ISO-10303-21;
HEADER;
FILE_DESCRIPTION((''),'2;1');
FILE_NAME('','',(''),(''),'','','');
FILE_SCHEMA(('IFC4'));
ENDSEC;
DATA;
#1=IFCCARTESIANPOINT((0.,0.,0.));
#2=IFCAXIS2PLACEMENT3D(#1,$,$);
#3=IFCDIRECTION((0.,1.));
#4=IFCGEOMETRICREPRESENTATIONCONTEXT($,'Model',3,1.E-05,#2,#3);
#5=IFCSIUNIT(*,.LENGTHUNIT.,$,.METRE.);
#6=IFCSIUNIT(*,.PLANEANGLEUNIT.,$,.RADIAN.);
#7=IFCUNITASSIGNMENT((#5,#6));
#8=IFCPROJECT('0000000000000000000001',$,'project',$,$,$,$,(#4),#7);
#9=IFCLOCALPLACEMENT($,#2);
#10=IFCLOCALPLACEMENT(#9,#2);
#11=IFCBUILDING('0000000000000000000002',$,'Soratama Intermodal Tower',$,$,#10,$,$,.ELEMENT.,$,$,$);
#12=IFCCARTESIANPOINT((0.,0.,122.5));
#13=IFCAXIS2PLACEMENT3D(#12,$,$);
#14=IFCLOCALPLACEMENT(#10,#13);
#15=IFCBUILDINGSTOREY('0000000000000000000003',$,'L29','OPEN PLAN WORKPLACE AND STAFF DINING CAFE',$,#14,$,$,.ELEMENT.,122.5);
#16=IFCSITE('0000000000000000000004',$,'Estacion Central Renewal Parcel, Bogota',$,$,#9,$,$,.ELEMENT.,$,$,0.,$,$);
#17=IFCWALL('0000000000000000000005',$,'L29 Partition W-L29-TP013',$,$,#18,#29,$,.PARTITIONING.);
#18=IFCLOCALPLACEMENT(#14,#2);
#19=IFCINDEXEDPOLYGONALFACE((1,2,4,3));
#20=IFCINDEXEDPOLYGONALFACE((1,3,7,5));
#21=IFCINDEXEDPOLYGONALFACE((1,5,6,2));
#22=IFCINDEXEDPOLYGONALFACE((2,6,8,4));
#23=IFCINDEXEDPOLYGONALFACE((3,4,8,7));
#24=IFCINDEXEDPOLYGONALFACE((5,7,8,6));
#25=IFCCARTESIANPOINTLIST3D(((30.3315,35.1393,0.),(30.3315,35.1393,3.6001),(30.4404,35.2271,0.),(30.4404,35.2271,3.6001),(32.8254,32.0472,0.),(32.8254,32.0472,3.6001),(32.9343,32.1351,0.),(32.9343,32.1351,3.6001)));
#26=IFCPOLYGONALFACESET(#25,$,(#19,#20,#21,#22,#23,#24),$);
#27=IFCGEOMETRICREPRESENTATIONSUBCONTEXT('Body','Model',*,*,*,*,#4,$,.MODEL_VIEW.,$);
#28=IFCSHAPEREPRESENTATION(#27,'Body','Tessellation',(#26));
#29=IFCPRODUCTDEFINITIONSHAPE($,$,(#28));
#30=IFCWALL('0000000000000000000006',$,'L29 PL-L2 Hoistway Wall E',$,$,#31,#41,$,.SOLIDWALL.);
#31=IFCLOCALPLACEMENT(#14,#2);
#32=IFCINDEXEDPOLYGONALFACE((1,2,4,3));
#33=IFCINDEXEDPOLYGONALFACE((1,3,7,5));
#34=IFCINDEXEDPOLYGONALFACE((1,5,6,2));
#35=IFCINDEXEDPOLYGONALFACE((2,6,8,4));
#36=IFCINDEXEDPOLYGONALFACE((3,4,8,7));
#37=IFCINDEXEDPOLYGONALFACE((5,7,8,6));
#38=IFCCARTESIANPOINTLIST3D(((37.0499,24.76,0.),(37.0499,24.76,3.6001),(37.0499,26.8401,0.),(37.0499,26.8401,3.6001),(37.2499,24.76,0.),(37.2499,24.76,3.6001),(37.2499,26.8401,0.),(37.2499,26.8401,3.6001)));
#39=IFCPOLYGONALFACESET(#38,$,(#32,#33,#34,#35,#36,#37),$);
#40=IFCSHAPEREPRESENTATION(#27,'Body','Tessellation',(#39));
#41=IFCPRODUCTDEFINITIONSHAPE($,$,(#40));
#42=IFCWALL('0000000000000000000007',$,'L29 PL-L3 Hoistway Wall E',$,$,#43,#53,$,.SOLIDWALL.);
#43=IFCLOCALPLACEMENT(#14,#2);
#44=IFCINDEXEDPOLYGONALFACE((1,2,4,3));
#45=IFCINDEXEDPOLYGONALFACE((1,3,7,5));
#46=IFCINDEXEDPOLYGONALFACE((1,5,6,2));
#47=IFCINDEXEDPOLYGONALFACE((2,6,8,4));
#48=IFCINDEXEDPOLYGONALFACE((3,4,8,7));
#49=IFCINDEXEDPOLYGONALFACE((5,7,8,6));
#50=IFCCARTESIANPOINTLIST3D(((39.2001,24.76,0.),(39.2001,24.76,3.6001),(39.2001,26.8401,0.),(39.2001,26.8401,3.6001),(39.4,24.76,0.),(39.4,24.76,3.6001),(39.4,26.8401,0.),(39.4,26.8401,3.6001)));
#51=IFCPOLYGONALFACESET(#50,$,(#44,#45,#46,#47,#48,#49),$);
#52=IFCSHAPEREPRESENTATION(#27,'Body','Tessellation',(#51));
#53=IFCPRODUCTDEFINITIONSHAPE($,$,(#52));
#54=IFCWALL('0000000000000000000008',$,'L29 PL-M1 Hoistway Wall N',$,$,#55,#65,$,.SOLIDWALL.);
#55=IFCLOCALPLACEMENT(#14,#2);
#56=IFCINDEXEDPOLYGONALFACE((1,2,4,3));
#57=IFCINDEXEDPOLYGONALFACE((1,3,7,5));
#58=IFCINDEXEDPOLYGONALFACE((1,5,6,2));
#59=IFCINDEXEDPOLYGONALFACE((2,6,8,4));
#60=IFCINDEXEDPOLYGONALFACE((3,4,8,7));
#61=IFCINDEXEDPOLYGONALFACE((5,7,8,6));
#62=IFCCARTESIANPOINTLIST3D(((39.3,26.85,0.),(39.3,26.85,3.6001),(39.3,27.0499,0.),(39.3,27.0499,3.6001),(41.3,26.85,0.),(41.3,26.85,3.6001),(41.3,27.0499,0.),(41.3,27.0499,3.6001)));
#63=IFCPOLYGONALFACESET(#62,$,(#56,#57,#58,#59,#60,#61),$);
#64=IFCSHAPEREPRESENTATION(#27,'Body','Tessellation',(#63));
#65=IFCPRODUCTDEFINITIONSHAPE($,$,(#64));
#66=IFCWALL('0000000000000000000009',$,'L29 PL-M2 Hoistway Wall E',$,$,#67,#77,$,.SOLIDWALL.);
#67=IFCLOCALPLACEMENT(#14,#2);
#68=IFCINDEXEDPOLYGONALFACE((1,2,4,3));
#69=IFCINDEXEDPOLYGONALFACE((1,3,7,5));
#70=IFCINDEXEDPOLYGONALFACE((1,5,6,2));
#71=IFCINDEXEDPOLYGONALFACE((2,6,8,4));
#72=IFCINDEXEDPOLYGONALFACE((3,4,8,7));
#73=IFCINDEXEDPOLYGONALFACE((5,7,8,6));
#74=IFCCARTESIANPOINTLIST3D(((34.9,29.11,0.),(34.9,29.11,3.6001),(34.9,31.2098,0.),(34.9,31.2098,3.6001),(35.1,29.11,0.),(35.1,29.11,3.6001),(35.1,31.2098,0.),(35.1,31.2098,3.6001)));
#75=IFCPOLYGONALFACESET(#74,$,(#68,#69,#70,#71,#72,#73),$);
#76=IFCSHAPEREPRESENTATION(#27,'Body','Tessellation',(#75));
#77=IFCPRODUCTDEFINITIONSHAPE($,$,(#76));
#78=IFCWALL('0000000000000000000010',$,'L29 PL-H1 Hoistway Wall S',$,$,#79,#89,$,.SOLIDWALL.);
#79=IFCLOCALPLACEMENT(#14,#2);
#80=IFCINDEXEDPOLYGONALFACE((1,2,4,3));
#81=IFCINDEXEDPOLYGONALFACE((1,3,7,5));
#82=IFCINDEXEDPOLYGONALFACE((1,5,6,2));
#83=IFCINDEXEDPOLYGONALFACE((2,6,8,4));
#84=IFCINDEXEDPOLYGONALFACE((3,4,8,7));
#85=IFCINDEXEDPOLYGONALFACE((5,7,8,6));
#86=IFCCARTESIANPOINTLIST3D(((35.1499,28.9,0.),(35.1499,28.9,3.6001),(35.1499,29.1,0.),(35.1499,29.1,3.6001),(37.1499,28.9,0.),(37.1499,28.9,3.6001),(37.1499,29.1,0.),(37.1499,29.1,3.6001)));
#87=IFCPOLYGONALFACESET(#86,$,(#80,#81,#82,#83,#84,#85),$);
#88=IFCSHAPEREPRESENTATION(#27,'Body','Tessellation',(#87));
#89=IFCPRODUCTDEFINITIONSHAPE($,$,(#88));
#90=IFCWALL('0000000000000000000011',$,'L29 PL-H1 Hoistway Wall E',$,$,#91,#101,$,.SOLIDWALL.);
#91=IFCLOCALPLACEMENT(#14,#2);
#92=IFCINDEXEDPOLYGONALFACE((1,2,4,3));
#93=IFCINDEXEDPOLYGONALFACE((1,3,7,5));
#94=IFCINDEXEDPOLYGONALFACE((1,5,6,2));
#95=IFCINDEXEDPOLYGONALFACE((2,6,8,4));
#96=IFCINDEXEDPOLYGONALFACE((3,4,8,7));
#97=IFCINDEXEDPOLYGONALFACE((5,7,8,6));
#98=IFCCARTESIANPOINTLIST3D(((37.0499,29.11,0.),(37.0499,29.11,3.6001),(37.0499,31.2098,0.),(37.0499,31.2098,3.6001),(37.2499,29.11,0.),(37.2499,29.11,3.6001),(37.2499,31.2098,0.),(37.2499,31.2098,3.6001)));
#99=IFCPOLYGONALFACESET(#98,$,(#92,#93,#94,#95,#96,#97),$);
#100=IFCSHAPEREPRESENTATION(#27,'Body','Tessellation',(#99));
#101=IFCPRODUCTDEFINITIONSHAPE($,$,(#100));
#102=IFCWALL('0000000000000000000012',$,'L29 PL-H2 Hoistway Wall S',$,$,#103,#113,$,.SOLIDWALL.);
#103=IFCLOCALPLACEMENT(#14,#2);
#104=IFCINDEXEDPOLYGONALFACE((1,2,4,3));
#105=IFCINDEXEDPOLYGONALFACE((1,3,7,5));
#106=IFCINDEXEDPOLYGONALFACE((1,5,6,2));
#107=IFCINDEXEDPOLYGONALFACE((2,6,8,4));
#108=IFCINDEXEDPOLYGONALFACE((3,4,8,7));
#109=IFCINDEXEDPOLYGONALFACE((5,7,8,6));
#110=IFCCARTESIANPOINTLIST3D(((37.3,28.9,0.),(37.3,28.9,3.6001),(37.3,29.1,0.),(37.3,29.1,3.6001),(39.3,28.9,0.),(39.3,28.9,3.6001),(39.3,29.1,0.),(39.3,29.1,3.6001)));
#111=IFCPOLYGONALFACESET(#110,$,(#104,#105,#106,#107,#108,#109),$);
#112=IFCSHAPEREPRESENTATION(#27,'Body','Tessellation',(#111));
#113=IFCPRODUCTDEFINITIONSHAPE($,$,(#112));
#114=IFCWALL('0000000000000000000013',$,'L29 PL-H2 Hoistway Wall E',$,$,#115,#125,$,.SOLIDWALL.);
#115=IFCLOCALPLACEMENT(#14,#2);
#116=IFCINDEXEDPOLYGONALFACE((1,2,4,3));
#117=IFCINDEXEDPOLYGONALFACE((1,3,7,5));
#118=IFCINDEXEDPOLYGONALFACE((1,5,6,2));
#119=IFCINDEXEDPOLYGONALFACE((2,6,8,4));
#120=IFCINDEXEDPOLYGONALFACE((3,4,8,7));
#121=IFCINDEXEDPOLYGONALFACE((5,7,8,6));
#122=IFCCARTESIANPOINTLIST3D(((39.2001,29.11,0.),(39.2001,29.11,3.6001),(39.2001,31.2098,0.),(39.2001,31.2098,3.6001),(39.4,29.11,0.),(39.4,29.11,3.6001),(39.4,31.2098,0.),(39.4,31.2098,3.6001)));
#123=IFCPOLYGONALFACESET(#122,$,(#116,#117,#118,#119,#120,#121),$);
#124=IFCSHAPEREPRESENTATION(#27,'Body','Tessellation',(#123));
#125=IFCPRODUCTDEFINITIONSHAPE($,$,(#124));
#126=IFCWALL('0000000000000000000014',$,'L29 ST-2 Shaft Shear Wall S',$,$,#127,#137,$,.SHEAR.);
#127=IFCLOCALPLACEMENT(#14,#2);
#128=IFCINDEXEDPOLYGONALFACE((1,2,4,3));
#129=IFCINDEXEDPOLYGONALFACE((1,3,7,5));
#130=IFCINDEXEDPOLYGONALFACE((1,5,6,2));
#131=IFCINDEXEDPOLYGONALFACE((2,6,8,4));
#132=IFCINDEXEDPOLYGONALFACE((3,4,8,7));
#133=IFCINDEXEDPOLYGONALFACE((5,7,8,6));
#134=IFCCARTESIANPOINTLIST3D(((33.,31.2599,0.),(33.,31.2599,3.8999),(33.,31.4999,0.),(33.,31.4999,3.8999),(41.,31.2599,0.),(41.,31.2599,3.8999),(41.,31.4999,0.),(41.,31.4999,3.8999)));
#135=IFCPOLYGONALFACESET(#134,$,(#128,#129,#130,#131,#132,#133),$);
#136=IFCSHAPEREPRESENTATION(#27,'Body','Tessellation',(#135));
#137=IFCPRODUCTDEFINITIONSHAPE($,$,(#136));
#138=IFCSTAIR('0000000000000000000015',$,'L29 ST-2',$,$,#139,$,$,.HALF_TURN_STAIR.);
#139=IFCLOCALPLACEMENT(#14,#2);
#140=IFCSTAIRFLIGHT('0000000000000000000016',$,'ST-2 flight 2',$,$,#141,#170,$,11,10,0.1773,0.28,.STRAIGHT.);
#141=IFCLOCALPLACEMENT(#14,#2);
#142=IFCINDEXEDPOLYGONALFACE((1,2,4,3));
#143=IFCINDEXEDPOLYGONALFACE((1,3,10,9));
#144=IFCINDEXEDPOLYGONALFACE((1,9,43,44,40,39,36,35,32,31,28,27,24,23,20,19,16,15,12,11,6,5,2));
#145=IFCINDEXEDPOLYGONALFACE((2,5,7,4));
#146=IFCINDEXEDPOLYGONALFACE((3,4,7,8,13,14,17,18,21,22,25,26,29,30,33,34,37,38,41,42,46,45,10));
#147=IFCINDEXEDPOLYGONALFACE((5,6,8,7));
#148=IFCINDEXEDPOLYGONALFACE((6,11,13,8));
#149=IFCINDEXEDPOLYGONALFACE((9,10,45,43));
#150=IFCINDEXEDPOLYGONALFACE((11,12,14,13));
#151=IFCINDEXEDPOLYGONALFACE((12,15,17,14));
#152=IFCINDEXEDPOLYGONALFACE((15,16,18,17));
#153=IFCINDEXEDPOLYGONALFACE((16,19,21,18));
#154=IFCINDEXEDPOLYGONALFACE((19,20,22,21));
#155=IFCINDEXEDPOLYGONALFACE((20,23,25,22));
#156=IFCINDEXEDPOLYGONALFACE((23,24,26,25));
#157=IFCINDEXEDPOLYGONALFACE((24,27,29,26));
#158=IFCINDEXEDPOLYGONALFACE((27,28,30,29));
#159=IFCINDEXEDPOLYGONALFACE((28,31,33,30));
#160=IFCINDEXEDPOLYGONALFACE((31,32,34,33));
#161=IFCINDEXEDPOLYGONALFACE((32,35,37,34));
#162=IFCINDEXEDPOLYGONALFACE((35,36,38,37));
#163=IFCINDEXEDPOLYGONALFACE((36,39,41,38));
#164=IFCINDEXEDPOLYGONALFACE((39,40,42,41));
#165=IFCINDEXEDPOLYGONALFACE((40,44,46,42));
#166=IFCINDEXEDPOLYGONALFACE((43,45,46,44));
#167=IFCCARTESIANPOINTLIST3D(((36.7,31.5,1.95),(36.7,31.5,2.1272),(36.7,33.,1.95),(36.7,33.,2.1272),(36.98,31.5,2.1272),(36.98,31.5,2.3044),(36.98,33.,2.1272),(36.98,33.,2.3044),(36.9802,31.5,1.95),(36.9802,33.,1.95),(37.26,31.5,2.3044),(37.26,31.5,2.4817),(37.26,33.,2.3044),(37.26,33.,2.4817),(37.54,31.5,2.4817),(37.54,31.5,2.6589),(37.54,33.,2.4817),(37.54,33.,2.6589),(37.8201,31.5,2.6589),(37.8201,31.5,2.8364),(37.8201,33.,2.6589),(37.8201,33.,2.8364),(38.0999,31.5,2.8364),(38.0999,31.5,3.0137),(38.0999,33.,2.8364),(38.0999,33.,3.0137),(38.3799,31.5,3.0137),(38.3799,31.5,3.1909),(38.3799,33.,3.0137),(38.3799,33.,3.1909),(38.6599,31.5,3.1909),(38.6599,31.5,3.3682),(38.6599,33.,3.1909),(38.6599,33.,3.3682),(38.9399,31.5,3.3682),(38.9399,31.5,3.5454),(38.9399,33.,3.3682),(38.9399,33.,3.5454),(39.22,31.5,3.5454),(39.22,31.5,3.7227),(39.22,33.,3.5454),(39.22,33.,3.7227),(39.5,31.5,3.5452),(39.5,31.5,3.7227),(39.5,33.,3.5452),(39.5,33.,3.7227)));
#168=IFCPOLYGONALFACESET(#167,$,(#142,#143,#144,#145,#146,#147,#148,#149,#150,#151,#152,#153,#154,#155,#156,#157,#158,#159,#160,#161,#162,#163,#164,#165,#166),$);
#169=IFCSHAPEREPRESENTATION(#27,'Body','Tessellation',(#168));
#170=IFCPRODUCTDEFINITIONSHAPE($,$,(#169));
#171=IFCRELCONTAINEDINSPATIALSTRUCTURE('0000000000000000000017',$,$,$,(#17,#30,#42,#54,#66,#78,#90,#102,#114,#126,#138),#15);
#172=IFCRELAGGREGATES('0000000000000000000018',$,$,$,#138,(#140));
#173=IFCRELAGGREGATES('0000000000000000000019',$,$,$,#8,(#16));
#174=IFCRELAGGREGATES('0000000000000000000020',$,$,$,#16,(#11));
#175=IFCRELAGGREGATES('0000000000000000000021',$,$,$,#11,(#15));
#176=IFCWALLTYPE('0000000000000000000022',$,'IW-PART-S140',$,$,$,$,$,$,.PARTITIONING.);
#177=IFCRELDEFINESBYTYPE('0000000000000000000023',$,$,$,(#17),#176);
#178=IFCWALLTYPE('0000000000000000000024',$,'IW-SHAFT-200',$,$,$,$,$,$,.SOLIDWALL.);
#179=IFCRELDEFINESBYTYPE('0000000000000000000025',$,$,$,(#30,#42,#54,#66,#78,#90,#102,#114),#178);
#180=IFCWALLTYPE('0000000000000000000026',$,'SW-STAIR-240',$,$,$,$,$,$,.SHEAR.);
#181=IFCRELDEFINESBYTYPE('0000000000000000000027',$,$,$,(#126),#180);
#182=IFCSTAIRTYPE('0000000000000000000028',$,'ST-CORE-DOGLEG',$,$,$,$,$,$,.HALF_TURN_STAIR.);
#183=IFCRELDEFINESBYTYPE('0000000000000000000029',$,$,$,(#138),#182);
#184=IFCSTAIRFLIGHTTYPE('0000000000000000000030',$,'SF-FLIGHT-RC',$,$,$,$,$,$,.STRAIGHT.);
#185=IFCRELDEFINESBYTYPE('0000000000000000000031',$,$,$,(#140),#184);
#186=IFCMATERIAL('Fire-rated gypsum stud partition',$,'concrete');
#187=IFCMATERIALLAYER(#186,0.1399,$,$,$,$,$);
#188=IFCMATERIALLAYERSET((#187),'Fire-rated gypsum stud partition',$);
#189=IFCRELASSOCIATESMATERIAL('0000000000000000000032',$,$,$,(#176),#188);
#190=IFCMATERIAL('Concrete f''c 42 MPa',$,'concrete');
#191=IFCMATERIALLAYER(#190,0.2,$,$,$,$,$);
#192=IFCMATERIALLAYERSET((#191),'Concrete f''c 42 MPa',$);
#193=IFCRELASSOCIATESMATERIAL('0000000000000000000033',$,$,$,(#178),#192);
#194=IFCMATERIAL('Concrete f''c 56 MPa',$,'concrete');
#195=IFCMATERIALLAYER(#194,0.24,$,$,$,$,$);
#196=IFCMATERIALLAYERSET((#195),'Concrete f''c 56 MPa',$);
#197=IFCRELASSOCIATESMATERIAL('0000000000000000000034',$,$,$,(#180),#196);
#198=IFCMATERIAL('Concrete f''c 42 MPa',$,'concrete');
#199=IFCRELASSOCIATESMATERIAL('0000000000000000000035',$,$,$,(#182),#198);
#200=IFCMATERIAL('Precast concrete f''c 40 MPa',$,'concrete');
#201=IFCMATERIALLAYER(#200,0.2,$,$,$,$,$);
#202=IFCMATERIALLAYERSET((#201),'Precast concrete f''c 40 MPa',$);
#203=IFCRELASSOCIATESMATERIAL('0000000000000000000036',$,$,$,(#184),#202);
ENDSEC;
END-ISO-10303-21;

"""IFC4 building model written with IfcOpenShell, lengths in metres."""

from ifc_helpers import new_model, si_unit, direction, frame, frame_2d, origin, place, context, subcontext, project, spatial, polyline, rectangle, outline, extrude, material, layer, layer_set, type_object, element, aggregate, save


model = new_model("IFC4")

# Units and contexts
model_context = context("Model", 3, precision=1e-05, world=origin(), true_north=direction((0.0, 1.0)))
body_context = subcontext(model_context, "Body", "Model", "MODEL_VIEW")
ifc_project = project(units=[si_unit("LENGTHUNIT", "METRE"), si_unit("PLANEANGLEUNIT", "RADIAN")], contexts=[model_context])

# Site, building, storey
site_placement = place(None, origin())
site = spatial("IfcSite", under=ifc_project, at=site_placement, Name="Estacion Central Renewal Parcel, Bogota", CompositionType="ELEMENT", RefElevation=0.0)
building_placement = place(site_placement, origin())
building = spatial("IfcBuilding", under=site, at=building_placement, Name="Soratama Intermodal Tower", CompositionType="ELEMENT")
storey_placement = place(building_placement, frame((0.0, 0.0, 122.5)))
storey = spatial("IfcBuildingStorey", under=building, at=storey_placement, Name="L29", Description="OPEN PLAN WORKPLACE AND STAFF DINING CAFE", CompositionType="ELEMENT", Elevation=122.5)

# Wall
ifc_material_1 = material(Name="Fire-rated gypsum stud partition", Category="concrete")
ifc_layer_1 = layer(ifc_material_1, 0.1399)
ifc_layer_set_1 = layer_set([ifc_layer_1], Name="Fire-rated gypsum stud partition")
wall_type_1 = type_object("IfcWallType", Name="IW-PART-S140", PredefinedType="PARTITIONING", material=ifc_layer_set_1)
wall_1_placement = place(storey_placement, frame((32.8799, 32.0911, 0.0), z_axis=(0.0, 0.0, 1.0), x_axis=(-0.627801, 0.778374, 0.0)))
element("IfcWall", 1, at=wall_1_placement, inside=storey, type_object=wall_type_1, Name="L29 Partition W-L29-TP013", PredefinedType="PARTITIONING", context=body_context, shape_type="SweptSolid", body=[
    extrude(rectangle(XDim=3.9724, YDim=0.1399, at=frame_2d((1.9863, 0.0))), origin(), (0.0, 0.0, 1.0), 3.6001),
])

# Shared definitions
ifc_material_2 = material(Name="Concrete f'c 42 MPa", Category="concrete")
ifc_layer_2 = layer(ifc_material_2, 0.2)
ifc_layer_set_2 = layer_set([ifc_layer_2], Name="Concrete f'c 42 MPa")
wall_type_2 = type_object("IfcWallType", Name="IW-SHAFT-200", PredefinedType="SOLIDWALL", material=ifc_layer_set_2)

# Wall
wall_2_placement = place(storey_placement, frame((37.1499, 24.76, 0.0), z_axis=(0.0, 0.0, 1.0), x_axis=(0.0, 1.0, 0.0)))
element("IfcWall", 2, at=wall_2_placement, inside=storey, type_object=wall_type_2, Name="L29 PL-L2 Hoistway Wall E", PredefinedType="SOLIDWALL", context=body_context, shape_type="SweptSolid", body=[
    extrude(rectangle(XDim=2.0801, YDim=0.2, at=frame_2d((1.04, 0.0))), origin(), (0.0, 0.0, 1.0), 3.6001),
])

# Walls
wall_3_placement = place(storey_placement, frame((39.3, 24.76, 0.0), z_axis=(0.0, 0.0, 1.0), x_axis=(0.0, 1.0, 0.0)))
element("IfcWall", 3, at=wall_3_placement, inside=storey, type_object=wall_type_2, Name="L29 PL-L3 Hoistway Wall E", PredefinedType="SOLIDWALL", context=body_context, shape_type="SweptSolid", body=[
    extrude(rectangle(XDim=2.0801, YDim=0.2, at=frame_2d((1.04, 0.0))), origin(), (0.0, 0.0, 1.0), 3.6001),
])
wall_4_placement = place(storey_placement, frame((39.3, 26.95, 0.0), z_axis=(0.0, 0.0, 1.0), x_axis=(1.0, 0.0, 0.0)))
element("IfcWall", 4, at=wall_4_placement, inside=storey, type_object=wall_type_2, Name="L29 PL-M1 Hoistway Wall N", PredefinedType="SOLIDWALL", context=body_context, shape_type="SweptSolid", body=[
    extrude(rectangle(XDim=2.0, YDim=0.2, at=frame_2d((1.0, 0.0))), origin(), (0.0, 0.0, 1.0), 3.6001),
])
wall_5_placement = place(storey_placement, frame((35.0, 29.1101, 0.0), z_axis=(0.0, 0.0, 1.0), x_axis=(0.0, 1.0, 0.0)))
element("IfcWall", 5, at=wall_5_placement, inside=storey, type_object=wall_type_2, Name="L29 PL-M2 Hoistway Wall E", PredefinedType="SOLIDWALL", context=body_context, shape_type="SweptSolid", body=[
    extrude(rectangle(XDim=2.0999, YDim=0.2, at=frame_2d((1.0498, 0.0))), origin(), (0.0, 0.0, 1.0), 3.6001),
])
wall_6_placement = place(storey_placement, frame((35.1499, 29.0, 0.0), z_axis=(0.0, 0.0, 1.0), x_axis=(1.0, 0.0, 0.0)))
element("IfcWall", 6, at=wall_6_placement, inside=storey, type_object=wall_type_2, Name="L29 PL-H1 Hoistway Wall S", PredefinedType="SOLIDWALL", context=body_context, shape_type="SweptSolid", body=[
    extrude(rectangle(XDim=2.0, YDim=0.2, at=frame_2d((1.0, 0.0))), origin(), (0.0, 0.0, 1.0), 3.6001),
])
wall_7_placement = place(storey_placement, frame((37.1499, 29.1101, 0.0), z_axis=(0.0, 0.0, 1.0), x_axis=(0.0, 1.0, 0.0)))
element("IfcWall", 7, at=wall_7_placement, inside=storey, type_object=wall_type_2, Name="L29 PL-H1 Hoistway Wall E", PredefinedType="SOLIDWALL", context=body_context, shape_type="SweptSolid", body=[
    extrude(rectangle(XDim=2.0999, YDim=0.2, at=frame_2d((1.0498, 0.0))), origin(), (0.0, 0.0, 1.0), 3.6001),
])
wall_8_placement = place(storey_placement, frame((37.3, 29.0, 0.0), z_axis=(0.0, 0.0, 1.0), x_axis=(1.0, 0.0, 0.0)))
element("IfcWall", 8, at=wall_8_placement, inside=storey, type_object=wall_type_2, Name="L29 PL-H2 Hoistway Wall S", PredefinedType="SOLIDWALL", context=body_context, shape_type="SweptSolid", body=[
    extrude(rectangle(XDim=2.0, YDim=0.2, at=frame_2d((1.0, 0.0))), origin(), (0.0, 0.0, 1.0), 3.6001),
])
wall_9_placement = place(storey_placement, frame((39.3, 29.1101, 0.0), z_axis=(0.0, 0.0, 1.0), x_axis=(0.0, 1.0, 0.0)))
element("IfcWall", 9, at=wall_9_placement, inside=storey, type_object=wall_type_2, Name="L29 PL-H2 Hoistway Wall E", PredefinedType="SOLIDWALL", context=body_context, shape_type="SweptSolid", body=[
    extrude(rectangle(XDim=2.0999, YDim=0.2, at=frame_2d((1.0498, 0.0))), origin(), (0.0, 0.0, 1.0), 3.6001),
])
ifc_material_3 = material(Name="Concrete f'c 56 MPa", Category="concrete")
ifc_layer_3 = layer(ifc_material_3, 0.24)
ifc_layer_set_3 = layer_set([ifc_layer_3], Name="Concrete f'c 56 MPa")
wall_type_3 = type_object("IfcWallType", Name="SW-STAIR-240", PredefinedType="SHEAR", material=ifc_layer_set_3)
wall_10_placement = place(storey_placement, frame((33.0, 31.3799, 0.0), z_axis=(0.0, 0.0, 1.0), x_axis=(1.0, 0.0, 0.0)))
element("IfcWall", 10, at=wall_10_placement, inside=storey, type_object=wall_type_3, Name="L29 ST-2 Shaft Shear Wall S", PredefinedType="SHEAR", context=body_context, shape_type="SweptSolid", body=[
    extrude(rectangle(XDim=8.0, YDim=0.24, at=frame_2d((4.0, 0.0))), origin(), (0.0, 0.0, 1.0), 3.8999),
])

# Stair, stair flight
ifc_material_4 = material(Name="Concrete f'c 42 MPa", Category="concrete")
stair_type = type_object("IfcStairType", Name="ST-CORE-DOGLEG", PredefinedType="HALF_TURN_STAIR", material=ifc_material_4)
stair_placement = place(storey_placement, origin())
stair = element("IfcStair", 11, at=stair_placement, inside=storey, type_object=stair_type, Name="L29 ST-2", PredefinedType="HALF_TURN_STAIR")
ifc_material_5 = material(Name="Precast concrete f'c 40 MPa", Category="concrete")
ifc_layer_4 = layer(ifc_material_5, 0.2)
ifc_layer_set_4 = layer_set([ifc_layer_4], Name="Precast concrete f'c 40 MPa")
stair_flight_type = type_object("IfcStairFlightType", Name="SF-FLIGHT-RC", PredefinedType="STRAIGHT", material=ifc_layer_set_4)
stair_flight_placement = place(storey_placement, frame((36.7, 32.25, 1.95), z_axis=(0.0, 0.0, 1.0), x_axis=(1.0, 0.0, 0.0)))
stair_flight = element("IfcStairFlight", 12, at=stair_flight_placement, type_object=stair_flight_type, Name="ST-2 flight 2", NumberOfRisers=11, NumberOfTreads=10, PredefinedType="STRAIGHT", RiserHeight=0.1773, TreadLength=0.28, context=body_context, shape_type="SweptSolid", body=[
    extrude(outline(polyline([(0.0, 0.0), (0.0, 0.1772), (0.28, 0.1772), (0.28, 0.3545), (0.5601, 0.3545), (0.5601, 0.5317), (0.8401, 0.5317), (0.8401, 0.709), (1.1201, 0.709), (1.1201, 0.8865), (1.3999, 0.8865), (1.3999, 1.0637), (1.6799, 1.0637), (1.6799, 1.241), (1.96, 1.241), (1.96, 1.4182), (2.24, 1.4182), (2.24, 1.5955), (2.52, 1.5955), (2.52, 1.7727), (2.8, 1.7727), (2.8, 1.95), (2.8, 1.5952), (0.2803, 0.0), (0.0, 0.0)])), frame((0.0, 0.75, 0.0), z_axis=(0.0, -1.0, 0.0), x_axis=(1.0, 0.0, 0.0)), (0.0, 0.0, 1.0), 1.5),
])
aggregate(stair, [stair_flight])

save(model, "model.ifc")
